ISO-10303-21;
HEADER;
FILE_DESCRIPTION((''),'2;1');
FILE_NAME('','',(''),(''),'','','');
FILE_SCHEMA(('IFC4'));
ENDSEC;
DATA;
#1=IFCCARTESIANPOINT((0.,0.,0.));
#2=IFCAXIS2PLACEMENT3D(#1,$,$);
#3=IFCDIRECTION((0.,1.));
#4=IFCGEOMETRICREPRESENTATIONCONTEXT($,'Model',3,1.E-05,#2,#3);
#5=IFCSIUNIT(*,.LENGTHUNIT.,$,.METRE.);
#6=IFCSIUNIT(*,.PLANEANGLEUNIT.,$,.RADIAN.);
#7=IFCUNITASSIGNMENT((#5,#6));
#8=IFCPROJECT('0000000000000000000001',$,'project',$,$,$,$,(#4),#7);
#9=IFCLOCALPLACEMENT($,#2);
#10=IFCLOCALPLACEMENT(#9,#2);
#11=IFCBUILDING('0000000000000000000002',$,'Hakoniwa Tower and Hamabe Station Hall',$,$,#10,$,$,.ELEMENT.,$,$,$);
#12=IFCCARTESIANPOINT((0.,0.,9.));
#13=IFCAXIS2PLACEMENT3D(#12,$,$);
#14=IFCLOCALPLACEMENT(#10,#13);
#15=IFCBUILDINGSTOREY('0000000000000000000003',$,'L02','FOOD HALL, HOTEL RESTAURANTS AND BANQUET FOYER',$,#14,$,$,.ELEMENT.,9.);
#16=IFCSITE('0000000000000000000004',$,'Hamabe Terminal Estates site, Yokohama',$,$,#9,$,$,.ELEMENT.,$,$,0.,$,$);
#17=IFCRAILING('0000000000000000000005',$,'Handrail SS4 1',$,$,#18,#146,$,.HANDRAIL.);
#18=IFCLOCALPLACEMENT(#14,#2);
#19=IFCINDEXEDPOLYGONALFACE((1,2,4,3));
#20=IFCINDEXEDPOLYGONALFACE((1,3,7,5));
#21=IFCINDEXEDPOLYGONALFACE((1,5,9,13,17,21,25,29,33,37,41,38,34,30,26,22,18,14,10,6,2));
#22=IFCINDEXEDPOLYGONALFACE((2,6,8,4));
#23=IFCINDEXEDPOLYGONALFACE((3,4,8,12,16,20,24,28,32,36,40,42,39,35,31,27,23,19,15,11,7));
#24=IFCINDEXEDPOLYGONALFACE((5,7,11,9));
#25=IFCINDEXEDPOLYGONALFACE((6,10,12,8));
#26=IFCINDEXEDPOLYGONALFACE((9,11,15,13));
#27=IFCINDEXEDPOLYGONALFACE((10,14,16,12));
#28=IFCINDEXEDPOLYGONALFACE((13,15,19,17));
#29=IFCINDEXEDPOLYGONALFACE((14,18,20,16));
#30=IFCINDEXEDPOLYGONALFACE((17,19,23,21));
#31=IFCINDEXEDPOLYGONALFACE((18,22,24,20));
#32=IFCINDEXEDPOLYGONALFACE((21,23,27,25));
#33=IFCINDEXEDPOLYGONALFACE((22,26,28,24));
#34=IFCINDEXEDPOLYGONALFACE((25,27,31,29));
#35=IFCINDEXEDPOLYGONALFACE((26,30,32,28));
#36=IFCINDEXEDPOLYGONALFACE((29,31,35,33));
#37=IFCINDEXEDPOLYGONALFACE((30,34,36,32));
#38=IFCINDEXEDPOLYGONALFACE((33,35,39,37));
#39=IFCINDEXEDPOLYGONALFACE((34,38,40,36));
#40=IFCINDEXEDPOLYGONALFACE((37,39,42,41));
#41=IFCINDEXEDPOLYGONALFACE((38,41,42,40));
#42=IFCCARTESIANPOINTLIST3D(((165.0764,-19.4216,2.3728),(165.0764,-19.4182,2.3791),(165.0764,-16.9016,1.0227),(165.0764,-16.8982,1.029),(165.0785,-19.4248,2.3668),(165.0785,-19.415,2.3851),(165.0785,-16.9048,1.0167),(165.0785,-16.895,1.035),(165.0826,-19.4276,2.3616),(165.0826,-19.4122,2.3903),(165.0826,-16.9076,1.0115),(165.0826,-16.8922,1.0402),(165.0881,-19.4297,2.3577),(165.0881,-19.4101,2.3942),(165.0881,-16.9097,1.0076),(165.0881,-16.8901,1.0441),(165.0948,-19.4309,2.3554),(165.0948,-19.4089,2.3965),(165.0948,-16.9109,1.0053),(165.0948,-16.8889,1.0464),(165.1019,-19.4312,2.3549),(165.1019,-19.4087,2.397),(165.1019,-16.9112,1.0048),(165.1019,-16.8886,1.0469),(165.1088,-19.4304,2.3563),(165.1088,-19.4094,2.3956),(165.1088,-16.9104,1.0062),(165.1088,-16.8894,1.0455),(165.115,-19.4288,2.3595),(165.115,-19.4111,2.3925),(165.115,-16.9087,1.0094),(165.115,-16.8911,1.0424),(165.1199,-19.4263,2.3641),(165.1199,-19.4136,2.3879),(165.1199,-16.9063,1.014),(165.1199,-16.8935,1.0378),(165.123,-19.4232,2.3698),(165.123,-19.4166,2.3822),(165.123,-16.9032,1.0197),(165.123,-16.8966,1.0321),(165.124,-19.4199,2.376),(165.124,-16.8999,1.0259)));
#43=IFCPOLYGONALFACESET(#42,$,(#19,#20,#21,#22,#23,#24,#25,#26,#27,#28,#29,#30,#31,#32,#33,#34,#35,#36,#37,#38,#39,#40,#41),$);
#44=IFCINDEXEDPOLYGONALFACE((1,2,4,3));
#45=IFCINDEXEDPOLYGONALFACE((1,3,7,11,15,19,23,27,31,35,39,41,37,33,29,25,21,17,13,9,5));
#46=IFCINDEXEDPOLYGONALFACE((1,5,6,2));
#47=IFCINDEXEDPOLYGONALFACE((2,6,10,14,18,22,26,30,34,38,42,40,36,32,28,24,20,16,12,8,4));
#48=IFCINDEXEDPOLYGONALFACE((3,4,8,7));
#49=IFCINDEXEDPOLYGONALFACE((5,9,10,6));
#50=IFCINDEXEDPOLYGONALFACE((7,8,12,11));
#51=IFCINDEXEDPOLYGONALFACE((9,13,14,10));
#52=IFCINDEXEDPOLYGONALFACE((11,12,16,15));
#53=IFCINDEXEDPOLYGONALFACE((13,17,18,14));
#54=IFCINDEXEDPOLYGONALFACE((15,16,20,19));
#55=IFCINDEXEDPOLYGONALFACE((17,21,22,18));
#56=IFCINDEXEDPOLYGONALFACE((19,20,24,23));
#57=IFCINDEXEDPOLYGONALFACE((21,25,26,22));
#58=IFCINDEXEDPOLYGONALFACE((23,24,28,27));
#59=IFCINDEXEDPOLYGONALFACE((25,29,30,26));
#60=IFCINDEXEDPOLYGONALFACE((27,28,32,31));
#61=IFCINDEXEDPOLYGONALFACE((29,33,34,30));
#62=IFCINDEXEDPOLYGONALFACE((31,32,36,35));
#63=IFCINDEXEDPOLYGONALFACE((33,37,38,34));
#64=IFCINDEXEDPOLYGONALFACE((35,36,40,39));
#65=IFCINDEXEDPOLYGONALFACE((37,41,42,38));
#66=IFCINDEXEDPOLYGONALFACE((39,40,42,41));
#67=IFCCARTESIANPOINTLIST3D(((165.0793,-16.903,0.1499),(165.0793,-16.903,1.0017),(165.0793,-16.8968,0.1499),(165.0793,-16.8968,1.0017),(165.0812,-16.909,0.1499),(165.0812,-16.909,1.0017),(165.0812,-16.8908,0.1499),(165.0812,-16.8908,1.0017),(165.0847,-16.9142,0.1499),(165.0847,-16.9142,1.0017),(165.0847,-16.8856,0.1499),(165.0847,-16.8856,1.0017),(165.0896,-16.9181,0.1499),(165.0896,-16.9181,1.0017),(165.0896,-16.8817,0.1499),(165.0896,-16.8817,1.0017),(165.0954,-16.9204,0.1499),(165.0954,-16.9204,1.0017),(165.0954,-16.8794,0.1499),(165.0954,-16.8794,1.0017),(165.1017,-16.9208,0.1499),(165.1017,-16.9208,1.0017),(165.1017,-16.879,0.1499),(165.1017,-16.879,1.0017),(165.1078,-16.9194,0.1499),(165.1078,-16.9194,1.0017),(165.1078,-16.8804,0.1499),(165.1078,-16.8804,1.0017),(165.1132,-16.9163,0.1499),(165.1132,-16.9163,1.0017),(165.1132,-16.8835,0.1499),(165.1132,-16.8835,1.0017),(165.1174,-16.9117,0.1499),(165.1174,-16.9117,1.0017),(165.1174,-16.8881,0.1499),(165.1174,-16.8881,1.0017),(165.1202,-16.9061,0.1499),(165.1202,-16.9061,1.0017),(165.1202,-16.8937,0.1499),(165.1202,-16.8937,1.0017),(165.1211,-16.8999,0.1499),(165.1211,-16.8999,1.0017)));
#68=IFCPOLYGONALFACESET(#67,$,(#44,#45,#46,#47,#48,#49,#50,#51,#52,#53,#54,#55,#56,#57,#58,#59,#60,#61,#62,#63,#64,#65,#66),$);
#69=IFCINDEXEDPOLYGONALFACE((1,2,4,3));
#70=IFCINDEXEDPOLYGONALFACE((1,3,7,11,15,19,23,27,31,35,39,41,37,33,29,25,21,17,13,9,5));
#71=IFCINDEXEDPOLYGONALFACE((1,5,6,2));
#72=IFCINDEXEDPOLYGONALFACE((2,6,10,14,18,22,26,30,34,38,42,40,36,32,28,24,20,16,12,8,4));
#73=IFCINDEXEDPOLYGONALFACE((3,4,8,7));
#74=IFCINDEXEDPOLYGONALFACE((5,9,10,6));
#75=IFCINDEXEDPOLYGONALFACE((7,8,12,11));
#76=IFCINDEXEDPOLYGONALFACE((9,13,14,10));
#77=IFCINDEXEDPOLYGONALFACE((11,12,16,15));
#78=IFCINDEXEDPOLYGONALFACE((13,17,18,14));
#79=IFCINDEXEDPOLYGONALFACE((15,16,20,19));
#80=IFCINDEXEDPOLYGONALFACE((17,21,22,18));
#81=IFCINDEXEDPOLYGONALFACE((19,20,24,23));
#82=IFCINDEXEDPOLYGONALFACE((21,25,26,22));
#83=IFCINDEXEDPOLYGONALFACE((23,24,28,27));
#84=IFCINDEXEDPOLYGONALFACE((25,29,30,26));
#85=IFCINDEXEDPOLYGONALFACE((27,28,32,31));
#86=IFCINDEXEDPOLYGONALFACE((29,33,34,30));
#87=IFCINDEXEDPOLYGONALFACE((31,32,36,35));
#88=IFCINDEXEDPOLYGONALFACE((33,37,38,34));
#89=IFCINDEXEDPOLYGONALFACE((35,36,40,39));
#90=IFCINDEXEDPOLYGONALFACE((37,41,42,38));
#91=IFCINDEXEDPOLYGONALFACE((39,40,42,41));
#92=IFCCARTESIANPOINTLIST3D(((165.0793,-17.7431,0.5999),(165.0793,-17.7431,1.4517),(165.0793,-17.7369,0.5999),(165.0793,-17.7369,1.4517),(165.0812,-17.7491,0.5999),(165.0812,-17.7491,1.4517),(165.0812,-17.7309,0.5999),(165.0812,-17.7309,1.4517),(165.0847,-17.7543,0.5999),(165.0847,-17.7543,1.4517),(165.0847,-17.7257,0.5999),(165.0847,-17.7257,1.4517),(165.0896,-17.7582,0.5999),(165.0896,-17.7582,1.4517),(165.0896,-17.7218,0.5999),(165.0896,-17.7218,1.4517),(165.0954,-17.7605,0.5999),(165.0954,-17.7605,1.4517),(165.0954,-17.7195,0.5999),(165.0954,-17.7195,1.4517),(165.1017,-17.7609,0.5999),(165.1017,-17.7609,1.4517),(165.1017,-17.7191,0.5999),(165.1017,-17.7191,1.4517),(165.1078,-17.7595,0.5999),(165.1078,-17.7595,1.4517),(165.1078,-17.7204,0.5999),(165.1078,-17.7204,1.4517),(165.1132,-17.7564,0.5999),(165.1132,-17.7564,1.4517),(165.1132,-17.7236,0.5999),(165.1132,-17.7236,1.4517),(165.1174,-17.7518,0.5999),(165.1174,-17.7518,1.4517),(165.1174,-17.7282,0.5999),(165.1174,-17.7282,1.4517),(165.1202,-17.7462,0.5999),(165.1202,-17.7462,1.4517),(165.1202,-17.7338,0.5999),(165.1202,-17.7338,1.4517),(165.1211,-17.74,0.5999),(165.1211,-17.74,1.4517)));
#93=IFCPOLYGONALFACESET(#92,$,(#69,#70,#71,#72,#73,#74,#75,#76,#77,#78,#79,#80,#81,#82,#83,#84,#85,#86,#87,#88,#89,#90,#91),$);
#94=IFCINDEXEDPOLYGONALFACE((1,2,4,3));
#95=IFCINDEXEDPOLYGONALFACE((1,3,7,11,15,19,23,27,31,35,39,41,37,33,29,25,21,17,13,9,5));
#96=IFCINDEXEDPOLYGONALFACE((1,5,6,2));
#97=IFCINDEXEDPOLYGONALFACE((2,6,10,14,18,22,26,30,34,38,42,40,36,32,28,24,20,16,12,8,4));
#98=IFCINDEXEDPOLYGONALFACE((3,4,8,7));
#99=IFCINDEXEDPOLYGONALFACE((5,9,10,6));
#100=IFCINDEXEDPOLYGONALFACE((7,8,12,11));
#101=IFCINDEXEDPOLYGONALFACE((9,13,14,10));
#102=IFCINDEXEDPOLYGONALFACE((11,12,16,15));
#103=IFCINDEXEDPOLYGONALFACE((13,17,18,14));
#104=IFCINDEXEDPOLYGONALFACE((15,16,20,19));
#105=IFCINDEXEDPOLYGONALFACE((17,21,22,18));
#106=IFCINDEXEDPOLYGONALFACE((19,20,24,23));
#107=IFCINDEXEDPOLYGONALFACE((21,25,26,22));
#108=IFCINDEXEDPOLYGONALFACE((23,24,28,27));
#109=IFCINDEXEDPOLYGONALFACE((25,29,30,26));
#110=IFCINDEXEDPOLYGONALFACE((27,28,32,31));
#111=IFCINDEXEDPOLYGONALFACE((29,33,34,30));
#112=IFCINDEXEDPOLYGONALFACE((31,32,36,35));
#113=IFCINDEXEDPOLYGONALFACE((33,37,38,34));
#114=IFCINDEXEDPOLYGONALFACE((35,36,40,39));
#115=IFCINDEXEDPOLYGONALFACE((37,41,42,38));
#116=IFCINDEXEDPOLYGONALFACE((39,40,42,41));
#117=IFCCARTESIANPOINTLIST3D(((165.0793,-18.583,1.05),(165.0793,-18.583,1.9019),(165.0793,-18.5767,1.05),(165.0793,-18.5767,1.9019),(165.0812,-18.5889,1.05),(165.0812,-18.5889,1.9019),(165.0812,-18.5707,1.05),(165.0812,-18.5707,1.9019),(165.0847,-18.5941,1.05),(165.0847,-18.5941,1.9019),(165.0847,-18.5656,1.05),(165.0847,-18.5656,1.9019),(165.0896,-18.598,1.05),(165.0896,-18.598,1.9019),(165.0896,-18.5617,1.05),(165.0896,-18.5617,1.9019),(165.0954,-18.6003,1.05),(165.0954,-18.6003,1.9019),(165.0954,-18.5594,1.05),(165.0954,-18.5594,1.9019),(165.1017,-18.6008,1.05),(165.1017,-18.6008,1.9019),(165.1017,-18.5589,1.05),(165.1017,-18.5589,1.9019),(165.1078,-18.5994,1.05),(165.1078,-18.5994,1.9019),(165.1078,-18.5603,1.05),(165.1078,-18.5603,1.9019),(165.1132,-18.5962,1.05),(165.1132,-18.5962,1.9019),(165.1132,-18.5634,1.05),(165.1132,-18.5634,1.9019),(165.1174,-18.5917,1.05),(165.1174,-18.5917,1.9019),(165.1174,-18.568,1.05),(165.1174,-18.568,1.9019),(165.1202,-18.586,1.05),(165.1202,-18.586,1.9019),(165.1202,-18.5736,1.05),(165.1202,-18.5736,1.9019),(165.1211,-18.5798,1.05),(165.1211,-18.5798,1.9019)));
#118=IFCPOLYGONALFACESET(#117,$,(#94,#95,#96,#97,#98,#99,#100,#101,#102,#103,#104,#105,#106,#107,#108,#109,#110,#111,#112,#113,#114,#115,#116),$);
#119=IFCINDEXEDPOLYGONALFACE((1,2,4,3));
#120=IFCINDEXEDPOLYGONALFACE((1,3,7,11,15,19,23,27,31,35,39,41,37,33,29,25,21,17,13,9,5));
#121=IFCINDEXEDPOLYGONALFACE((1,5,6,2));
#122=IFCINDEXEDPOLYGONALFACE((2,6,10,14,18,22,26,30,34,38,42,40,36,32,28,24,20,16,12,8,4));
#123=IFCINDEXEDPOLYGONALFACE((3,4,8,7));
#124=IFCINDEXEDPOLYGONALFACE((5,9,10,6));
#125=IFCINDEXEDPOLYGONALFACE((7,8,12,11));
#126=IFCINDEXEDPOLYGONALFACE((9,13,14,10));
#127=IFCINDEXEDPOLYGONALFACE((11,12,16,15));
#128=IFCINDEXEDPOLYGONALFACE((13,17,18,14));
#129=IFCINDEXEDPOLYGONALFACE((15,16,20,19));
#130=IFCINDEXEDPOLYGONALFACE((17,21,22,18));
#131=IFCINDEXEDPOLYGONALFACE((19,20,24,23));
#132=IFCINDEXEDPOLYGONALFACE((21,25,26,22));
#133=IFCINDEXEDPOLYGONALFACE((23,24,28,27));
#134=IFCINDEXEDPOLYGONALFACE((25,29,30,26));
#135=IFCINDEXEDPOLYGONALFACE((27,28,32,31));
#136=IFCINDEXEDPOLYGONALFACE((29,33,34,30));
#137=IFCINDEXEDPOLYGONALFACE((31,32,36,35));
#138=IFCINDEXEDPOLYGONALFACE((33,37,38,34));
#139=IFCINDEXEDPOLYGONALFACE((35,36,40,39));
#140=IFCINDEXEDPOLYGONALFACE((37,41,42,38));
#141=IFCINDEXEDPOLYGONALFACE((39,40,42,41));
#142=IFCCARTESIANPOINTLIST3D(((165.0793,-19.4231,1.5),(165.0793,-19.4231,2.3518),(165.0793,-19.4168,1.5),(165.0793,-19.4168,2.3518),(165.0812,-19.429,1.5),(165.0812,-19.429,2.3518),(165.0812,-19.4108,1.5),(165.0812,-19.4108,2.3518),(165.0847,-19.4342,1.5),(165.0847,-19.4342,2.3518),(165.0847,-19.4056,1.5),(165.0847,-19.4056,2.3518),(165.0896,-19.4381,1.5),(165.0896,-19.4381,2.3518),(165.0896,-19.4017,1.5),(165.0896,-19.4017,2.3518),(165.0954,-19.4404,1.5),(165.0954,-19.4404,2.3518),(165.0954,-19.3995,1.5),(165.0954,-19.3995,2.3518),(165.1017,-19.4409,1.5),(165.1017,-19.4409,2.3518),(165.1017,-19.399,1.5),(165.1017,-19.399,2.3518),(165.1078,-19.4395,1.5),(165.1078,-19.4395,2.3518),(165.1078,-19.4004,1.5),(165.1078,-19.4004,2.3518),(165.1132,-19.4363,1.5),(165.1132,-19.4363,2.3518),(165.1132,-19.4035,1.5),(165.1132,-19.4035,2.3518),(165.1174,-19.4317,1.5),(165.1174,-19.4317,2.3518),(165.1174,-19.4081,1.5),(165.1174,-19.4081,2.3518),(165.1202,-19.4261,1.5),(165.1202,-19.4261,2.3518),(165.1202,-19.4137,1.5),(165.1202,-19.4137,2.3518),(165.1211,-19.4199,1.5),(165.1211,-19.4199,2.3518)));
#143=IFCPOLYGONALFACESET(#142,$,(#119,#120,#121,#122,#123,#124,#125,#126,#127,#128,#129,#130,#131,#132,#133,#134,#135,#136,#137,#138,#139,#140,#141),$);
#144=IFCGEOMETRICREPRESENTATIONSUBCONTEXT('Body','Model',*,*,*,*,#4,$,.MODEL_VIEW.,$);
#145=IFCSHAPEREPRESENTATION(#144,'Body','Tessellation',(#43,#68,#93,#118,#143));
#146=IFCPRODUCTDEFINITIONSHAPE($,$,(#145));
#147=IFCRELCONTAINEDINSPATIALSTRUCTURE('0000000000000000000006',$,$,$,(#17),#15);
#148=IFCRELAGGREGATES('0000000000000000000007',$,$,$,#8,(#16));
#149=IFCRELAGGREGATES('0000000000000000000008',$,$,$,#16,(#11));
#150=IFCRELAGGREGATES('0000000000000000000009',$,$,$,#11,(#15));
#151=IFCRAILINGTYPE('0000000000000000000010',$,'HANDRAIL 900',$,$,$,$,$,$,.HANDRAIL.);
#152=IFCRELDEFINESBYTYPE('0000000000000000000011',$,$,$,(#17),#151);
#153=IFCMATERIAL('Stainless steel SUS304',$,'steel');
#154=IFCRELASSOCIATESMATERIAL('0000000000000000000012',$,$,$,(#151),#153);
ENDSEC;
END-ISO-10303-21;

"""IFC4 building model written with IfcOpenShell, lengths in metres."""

from ifc_helpers import new_model, si_unit, direction, frame, origin, origin_2d, place, context, subcontext, project, spatial, circle, extrude, material, type_object, element, save


model = new_model("IFC4")

# Units and contexts
model_context = context("Model", 3, precision=1e-05, world=origin(), true_north=direction((0.0, 1.0)))
body_context = subcontext(model_context, "Body", "Model", "MODEL_VIEW")
ifc_project = project(units=[si_unit("LENGTHUNIT", "METRE"), si_unit("PLANEANGLEUNIT", "RADIAN")], contexts=[model_context])

# Site, building, storey
site_placement = place(None, origin())
site = spatial("IfcSite", under=ifc_project, at=site_placement, Name="Hamabe Terminal Estates site, Yokohama", CompositionType="ELEMENT", RefElevation=0.0)
building_placement = place(site_placement, origin())
building = spatial("IfcBuilding", under=site, at=building_placement, Name="Hakoniwa Tower and Hamabe Station Hall", CompositionType="ELEMENT")
storey_placement = place(building_placement, frame((0.0, 0.0, 9.0)))
storey = spatial("IfcBuildingStorey", under=building, at=storey_placement, Name="L02", Description="FOOD HALL, HOTEL RESTAURANTS AND BANQUET FOYER", CompositionType="ELEMENT", Elevation=9.0)

# Railing
ifc_material_1 = material(Name="Stainless steel SUS304", Category="steel")
railing_type = type_object("IfcRailingType", Name="HANDRAIL 900", PredefinedType="HANDRAIL", material=ifc_material_1)
for number, where, name in (
    (1, (165.1001, -16.8999, 0.1499), "Handrail SS4 1"),
):
    element("IfcRailing", number, at=place(storey_placement, frame(where)), inside=storey, type_object=railing_type, Name=name, PredefinedType="HANDRAIL", context=body_context, shape_type="SweptSolid", body=[
        extrude(circle(Radius=0.0239, at=origin_2d()), frame((0.0, 0.0, 0.876), z_axis=(0.0, -0.881467, 0.472245), x_axis=(1.0, 0.0, 0.0)), (0.0, 0.0, 1.0), 2.8589),
        extrude(circle(Radius=0.021, at=origin_2d()), origin(), (0.0, 0.0, 1.0), 0.8518),
        extrude(circle(Radius=0.021, at=origin_2d()), frame((0.0, -0.8401, 0.45)), (0.0, 0.0, 1.0), 0.8518),
        extrude(circle(Radius=0.021, at=origin_2d()), frame((0.0, -1.6799, 0.9001)), (0.0, 0.0, 1.0), 0.8518),
        extrude(circle(Radius=0.021, at=origin_2d()), frame((0.0, -2.52, 1.3501)), (0.0, 0.0, 1.0), 0.8518),
    ])

save(model, "model.ifc")
